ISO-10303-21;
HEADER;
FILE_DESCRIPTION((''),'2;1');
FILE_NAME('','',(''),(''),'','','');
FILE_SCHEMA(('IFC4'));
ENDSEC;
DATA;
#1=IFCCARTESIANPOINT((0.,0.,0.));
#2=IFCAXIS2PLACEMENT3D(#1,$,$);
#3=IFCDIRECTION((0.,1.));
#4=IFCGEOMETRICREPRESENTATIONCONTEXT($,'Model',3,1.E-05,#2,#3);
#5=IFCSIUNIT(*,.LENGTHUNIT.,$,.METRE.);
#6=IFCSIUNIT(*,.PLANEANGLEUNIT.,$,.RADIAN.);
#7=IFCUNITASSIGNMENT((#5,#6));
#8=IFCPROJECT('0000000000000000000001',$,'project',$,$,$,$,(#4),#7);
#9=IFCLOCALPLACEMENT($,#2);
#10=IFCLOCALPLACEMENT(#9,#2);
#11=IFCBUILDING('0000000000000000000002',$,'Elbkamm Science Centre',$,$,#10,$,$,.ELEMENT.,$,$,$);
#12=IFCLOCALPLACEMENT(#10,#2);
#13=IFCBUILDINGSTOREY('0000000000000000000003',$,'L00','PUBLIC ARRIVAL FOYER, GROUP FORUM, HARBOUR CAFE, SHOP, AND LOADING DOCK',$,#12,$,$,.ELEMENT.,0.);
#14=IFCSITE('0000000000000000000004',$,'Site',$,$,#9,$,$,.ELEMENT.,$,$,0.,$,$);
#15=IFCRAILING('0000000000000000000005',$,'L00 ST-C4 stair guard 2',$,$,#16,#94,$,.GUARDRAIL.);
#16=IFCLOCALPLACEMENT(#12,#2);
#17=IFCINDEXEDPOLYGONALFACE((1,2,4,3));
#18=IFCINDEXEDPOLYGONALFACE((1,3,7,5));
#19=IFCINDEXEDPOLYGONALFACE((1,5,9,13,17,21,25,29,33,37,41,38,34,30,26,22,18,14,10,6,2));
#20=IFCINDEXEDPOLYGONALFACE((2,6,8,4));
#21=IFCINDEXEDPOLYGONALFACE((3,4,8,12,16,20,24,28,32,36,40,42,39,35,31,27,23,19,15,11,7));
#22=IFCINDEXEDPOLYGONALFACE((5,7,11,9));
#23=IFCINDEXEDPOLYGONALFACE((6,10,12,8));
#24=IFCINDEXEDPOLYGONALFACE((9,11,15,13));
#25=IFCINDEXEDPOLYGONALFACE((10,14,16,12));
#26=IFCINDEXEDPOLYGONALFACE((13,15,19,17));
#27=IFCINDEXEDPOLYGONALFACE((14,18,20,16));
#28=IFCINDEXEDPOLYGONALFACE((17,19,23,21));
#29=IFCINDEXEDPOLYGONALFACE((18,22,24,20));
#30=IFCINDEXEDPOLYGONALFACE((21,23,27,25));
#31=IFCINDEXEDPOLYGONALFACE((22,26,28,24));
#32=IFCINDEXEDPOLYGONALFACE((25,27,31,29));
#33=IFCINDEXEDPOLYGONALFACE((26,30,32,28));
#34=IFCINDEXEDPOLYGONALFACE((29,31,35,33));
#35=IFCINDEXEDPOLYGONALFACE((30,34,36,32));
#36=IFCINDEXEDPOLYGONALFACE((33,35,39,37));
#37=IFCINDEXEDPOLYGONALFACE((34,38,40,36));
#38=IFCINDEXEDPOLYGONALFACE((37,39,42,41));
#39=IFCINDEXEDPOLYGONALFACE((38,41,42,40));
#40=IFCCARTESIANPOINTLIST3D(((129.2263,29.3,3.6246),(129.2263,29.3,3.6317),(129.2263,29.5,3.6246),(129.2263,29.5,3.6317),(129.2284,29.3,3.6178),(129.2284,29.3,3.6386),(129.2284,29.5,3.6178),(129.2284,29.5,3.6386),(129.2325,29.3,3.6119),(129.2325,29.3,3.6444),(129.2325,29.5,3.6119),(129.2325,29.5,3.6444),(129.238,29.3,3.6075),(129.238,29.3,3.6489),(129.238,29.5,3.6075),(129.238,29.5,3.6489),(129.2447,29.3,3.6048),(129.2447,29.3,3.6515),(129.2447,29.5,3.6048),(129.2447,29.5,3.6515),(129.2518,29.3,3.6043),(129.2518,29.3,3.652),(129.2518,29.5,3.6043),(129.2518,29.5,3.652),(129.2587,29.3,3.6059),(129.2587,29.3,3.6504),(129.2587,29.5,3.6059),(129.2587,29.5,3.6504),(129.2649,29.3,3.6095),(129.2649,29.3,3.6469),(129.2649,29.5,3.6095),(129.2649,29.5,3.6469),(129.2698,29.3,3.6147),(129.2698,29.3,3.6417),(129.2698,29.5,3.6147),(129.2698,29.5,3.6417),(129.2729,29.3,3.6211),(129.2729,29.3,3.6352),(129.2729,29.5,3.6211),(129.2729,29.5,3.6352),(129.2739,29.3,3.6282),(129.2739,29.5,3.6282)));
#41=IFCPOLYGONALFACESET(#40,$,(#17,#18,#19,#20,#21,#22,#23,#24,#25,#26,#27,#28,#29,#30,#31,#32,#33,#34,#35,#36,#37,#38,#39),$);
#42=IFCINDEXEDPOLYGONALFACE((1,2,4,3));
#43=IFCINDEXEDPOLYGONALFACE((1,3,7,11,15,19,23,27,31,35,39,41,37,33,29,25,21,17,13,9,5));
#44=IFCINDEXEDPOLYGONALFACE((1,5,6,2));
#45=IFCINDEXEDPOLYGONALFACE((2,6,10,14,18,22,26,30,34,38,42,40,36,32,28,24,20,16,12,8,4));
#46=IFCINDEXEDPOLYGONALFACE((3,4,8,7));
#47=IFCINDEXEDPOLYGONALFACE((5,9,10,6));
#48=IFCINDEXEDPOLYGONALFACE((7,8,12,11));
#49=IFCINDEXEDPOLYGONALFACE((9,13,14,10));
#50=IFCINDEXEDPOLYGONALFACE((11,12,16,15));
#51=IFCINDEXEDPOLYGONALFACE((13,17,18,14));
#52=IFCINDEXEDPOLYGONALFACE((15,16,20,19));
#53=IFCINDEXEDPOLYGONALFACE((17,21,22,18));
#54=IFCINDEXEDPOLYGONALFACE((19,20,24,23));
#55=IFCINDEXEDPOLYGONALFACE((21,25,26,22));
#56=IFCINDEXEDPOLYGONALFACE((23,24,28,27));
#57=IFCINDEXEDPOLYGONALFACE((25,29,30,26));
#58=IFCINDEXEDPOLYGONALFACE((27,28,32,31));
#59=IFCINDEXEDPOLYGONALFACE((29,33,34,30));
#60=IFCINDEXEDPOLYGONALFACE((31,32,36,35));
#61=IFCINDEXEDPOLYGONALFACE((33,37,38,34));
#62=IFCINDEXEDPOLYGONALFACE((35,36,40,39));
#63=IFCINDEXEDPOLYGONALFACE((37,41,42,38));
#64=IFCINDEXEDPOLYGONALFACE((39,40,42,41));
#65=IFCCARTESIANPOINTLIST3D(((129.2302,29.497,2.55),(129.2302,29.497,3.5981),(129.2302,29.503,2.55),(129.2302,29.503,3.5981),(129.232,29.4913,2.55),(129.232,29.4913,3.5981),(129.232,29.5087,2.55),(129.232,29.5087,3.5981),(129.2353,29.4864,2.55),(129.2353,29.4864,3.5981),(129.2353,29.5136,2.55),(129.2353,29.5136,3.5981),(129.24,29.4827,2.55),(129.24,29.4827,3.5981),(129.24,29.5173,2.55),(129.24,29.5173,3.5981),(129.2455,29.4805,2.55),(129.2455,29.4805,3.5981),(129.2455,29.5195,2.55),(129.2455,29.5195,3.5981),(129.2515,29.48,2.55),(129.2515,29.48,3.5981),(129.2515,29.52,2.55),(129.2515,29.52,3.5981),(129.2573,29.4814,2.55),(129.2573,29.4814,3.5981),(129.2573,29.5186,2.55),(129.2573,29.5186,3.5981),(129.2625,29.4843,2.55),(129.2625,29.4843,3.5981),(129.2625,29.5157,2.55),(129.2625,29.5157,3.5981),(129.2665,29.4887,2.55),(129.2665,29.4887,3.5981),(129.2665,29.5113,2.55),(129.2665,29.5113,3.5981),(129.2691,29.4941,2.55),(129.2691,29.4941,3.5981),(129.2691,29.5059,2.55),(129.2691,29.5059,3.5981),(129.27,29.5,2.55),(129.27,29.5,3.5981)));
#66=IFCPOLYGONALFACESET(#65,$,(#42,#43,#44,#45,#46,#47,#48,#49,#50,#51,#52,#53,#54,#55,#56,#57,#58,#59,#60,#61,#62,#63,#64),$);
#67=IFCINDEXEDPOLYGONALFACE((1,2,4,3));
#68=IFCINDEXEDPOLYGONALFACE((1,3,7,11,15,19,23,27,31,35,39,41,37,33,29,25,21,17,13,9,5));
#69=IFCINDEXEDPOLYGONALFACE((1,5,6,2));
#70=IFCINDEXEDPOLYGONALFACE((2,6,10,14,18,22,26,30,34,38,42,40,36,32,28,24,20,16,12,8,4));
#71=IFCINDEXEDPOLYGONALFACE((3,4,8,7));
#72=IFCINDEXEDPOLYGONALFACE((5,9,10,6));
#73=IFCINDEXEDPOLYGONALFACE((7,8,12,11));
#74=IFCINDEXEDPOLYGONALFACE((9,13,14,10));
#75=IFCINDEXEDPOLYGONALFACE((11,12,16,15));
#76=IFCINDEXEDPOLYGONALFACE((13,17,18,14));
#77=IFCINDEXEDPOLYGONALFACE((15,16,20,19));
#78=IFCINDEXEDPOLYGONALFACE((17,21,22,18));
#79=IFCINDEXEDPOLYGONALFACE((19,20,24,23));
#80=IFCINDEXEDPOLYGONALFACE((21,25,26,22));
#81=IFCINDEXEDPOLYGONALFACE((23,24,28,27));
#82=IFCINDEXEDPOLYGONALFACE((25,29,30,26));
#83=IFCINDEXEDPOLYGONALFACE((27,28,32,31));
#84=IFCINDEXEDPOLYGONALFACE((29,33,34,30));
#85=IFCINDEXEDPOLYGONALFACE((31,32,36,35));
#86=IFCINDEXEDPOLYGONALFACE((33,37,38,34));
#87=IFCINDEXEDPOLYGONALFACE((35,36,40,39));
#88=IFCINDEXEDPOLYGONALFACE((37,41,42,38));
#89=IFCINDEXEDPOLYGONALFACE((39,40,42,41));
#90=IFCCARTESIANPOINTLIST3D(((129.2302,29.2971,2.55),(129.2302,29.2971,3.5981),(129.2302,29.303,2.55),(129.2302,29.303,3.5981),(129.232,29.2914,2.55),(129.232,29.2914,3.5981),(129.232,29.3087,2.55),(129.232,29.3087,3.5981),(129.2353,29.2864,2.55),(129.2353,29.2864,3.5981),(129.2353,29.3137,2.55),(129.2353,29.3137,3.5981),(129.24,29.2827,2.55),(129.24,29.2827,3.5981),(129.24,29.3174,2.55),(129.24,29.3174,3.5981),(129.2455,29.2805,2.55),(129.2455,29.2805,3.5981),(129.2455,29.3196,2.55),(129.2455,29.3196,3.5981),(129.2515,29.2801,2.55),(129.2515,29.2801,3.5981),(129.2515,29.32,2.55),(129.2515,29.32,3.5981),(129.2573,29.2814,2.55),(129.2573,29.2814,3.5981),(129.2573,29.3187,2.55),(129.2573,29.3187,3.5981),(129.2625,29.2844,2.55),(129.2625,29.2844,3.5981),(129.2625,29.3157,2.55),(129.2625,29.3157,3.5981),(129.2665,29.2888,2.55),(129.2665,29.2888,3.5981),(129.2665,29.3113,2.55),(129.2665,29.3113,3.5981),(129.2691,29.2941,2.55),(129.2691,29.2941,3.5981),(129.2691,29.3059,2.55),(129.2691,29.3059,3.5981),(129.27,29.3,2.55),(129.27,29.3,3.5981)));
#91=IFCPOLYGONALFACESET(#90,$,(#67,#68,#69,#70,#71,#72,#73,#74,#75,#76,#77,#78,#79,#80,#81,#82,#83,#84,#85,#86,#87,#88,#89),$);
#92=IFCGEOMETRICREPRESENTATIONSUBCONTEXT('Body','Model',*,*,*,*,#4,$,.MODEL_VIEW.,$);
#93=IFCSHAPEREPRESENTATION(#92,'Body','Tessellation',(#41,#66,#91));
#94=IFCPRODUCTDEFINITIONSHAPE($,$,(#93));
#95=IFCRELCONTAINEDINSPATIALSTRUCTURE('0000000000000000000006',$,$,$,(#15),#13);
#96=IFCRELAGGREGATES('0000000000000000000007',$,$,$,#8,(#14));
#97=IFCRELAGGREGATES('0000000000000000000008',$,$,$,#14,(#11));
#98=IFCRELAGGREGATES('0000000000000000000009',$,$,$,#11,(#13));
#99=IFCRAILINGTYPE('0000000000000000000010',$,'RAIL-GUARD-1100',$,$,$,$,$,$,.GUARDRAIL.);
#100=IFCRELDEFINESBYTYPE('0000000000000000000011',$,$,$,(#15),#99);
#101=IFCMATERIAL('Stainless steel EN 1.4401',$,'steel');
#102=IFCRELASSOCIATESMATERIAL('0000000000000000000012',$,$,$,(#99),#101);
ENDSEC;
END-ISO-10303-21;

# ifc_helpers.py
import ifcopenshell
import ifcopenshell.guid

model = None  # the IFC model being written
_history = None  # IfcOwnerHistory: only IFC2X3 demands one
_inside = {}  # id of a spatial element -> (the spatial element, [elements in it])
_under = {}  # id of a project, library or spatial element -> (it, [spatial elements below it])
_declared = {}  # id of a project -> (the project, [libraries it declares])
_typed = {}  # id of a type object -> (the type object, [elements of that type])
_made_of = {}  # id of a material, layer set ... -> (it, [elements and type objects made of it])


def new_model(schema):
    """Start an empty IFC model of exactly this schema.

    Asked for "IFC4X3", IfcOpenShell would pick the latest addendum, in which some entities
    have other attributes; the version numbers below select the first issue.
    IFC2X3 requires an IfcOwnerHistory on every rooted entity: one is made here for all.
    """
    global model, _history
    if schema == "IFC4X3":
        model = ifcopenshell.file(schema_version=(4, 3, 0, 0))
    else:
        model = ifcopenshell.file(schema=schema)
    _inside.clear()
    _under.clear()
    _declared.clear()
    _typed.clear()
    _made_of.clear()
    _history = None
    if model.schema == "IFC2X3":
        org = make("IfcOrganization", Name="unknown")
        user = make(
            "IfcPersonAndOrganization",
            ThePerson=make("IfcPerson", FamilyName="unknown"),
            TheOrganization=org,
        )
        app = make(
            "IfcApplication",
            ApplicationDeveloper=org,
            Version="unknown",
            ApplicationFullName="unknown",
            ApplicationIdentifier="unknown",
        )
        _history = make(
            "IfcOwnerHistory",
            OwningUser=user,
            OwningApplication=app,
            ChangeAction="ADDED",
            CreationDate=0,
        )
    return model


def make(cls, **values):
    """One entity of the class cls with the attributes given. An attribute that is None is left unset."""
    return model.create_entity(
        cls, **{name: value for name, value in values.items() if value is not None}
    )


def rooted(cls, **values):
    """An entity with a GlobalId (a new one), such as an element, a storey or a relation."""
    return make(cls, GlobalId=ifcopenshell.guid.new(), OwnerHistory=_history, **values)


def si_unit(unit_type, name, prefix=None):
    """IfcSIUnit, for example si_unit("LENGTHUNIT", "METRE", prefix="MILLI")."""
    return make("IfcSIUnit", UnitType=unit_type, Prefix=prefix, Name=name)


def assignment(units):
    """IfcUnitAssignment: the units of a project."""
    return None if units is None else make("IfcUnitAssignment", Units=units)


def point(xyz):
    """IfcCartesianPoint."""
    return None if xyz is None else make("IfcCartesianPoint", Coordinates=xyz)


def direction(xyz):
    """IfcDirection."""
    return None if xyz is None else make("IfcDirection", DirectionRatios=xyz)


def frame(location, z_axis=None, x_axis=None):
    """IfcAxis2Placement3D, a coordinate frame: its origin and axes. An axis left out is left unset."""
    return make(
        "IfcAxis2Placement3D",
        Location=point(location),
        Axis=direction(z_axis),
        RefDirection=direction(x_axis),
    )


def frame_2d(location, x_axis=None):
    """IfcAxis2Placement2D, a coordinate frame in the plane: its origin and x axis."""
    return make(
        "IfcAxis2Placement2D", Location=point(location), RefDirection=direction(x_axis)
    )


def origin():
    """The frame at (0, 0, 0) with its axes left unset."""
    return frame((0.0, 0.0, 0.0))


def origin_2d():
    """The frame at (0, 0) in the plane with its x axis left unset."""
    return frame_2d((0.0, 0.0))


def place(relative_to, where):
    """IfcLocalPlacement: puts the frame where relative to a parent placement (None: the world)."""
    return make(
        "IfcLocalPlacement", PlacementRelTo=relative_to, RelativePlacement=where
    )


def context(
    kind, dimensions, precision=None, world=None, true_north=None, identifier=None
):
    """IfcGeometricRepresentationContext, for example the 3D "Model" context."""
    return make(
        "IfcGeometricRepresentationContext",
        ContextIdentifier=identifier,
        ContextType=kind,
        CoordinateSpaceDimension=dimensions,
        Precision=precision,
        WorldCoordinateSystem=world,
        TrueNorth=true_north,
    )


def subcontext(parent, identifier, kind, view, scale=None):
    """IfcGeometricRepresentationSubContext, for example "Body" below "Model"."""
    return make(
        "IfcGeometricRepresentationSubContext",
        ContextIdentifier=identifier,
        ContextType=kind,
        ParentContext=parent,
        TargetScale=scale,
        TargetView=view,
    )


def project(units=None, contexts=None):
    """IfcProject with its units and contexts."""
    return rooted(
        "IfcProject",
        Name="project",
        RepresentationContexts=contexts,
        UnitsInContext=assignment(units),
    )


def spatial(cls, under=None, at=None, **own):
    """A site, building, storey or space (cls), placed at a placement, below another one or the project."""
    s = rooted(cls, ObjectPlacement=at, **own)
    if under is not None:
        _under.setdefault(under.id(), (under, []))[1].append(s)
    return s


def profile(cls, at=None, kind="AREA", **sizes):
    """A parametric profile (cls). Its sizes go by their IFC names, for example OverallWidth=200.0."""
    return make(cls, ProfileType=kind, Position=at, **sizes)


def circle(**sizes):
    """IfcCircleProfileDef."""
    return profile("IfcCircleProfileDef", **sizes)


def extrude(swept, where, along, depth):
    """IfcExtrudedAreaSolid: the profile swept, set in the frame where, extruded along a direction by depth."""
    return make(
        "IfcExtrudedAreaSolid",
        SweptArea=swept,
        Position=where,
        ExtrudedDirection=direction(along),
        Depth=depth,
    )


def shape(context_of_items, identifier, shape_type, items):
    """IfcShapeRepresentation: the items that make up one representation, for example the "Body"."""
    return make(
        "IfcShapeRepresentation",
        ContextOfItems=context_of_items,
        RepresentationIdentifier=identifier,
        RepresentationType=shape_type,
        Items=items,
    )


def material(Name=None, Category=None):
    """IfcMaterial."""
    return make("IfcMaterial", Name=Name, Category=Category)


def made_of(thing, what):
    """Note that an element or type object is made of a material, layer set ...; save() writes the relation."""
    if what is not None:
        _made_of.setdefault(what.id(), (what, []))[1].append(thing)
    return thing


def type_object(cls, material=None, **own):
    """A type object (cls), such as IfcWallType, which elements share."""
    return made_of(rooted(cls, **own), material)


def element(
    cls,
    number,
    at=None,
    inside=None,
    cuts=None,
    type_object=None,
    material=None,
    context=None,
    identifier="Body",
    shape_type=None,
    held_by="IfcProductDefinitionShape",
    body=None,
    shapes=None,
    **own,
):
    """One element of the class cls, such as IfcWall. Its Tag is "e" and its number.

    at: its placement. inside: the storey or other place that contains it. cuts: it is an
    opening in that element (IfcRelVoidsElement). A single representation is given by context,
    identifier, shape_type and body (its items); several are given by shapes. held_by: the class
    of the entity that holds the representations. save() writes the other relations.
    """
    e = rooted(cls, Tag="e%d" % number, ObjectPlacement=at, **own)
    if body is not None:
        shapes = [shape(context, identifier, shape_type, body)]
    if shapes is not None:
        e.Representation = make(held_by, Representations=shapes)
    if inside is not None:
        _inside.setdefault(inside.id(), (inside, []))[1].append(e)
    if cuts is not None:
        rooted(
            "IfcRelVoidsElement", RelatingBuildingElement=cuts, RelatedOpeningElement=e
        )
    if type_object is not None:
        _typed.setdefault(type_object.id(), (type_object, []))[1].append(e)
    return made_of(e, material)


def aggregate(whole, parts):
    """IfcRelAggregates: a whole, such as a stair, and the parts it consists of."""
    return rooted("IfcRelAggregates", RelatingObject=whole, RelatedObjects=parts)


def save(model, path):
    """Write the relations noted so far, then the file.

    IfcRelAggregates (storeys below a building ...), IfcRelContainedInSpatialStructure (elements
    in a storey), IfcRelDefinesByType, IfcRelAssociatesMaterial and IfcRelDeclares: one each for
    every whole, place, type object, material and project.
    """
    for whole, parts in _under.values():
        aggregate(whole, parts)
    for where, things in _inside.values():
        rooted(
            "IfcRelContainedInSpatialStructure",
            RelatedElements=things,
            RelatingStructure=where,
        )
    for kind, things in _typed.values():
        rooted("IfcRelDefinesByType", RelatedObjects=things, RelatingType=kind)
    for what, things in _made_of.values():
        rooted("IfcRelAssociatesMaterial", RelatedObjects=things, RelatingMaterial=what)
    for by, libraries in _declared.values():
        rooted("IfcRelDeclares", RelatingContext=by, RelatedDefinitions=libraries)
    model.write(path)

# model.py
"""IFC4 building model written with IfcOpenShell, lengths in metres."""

from ifc_helpers import new_model, si_unit, direction, frame, origin, origin_2d, place, context, subcontext, project, spatial, circle, extrude, material, type_object, element, save


model = new_model("IFC4")

# Units and contexts
model_context = context("Model", 3, precision=1e-05, world=origin(), true_north=direction((0.0, 1.0)))
body_context = subcontext(model_context, "Body", "Model", "MODEL_VIEW")
ifc_project = project(units=[si_unit("LENGTHUNIT", "METRE"), si_unit("PLANEANGLEUNIT", "RADIAN")], contexts=[model_context])

# Site, building, storey
site_placement = place(None, origin())
site = spatial("IfcSite", under=ifc_project, at=site_placement, Name="Site", CompositionType="ELEMENT", RefElevation=0.0)
building_placement = place(site_placement, origin())
building = spatial("IfcBuilding", under=site, at=building_placement, Name="Elbkamm Science Centre", CompositionType="ELEMENT")
storey_placement = place(building_placement, origin())
storey = spatial("IfcBuildingStorey", under=building, at=storey_placement, Name="L00", Description="PUBLIC ARRIVAL FOYER, GROUP FORUM, HARBOUR CAFE, SHOP, AND LOADING DOCK", CompositionType="ELEMENT", Elevation=0.0)

# Railing
ifc_material_1 = material(Name="Stainless steel EN 1.4401", Category="steel")
railing_type_1 = type_object("IfcRailingType", Name="RAIL-GUARD-1100", PredefinedType="GUARDRAIL", material=ifc_material_1)
railing_1_placement = place(storey_placement, frame((129.25, 29.5, 2.55)))
element("IfcRailing", 1, at=railing_1_placement, inside=storey, type_object=railing_type_1, Name="L00 ST-C4 stair guard 2", PredefinedType="GUARDRAIL", context=body_context, shape_type="SweptSolid", body=[
    extrude(circle(Radius=0.0239, at=origin_2d()), frame((0.0, 0.0, 1.0781), z_axis=(0.0, -1.0, 0.0), x_axis=(1.0, 0.0, 0.0)), (0.0, 0.0, 1.0), 0.2),
    extrude(circle(Radius=0.02, at=origin_2d()), origin(), (0.0, 0.0, 1.0), 1.0481),
    extrude(circle(Radius=0.02, at=origin_2d()), frame((0.0, -0.2, 0.0)), (0.0, 0.0, 1.0), 1.0481),
])

save(model, "model.ifc")
